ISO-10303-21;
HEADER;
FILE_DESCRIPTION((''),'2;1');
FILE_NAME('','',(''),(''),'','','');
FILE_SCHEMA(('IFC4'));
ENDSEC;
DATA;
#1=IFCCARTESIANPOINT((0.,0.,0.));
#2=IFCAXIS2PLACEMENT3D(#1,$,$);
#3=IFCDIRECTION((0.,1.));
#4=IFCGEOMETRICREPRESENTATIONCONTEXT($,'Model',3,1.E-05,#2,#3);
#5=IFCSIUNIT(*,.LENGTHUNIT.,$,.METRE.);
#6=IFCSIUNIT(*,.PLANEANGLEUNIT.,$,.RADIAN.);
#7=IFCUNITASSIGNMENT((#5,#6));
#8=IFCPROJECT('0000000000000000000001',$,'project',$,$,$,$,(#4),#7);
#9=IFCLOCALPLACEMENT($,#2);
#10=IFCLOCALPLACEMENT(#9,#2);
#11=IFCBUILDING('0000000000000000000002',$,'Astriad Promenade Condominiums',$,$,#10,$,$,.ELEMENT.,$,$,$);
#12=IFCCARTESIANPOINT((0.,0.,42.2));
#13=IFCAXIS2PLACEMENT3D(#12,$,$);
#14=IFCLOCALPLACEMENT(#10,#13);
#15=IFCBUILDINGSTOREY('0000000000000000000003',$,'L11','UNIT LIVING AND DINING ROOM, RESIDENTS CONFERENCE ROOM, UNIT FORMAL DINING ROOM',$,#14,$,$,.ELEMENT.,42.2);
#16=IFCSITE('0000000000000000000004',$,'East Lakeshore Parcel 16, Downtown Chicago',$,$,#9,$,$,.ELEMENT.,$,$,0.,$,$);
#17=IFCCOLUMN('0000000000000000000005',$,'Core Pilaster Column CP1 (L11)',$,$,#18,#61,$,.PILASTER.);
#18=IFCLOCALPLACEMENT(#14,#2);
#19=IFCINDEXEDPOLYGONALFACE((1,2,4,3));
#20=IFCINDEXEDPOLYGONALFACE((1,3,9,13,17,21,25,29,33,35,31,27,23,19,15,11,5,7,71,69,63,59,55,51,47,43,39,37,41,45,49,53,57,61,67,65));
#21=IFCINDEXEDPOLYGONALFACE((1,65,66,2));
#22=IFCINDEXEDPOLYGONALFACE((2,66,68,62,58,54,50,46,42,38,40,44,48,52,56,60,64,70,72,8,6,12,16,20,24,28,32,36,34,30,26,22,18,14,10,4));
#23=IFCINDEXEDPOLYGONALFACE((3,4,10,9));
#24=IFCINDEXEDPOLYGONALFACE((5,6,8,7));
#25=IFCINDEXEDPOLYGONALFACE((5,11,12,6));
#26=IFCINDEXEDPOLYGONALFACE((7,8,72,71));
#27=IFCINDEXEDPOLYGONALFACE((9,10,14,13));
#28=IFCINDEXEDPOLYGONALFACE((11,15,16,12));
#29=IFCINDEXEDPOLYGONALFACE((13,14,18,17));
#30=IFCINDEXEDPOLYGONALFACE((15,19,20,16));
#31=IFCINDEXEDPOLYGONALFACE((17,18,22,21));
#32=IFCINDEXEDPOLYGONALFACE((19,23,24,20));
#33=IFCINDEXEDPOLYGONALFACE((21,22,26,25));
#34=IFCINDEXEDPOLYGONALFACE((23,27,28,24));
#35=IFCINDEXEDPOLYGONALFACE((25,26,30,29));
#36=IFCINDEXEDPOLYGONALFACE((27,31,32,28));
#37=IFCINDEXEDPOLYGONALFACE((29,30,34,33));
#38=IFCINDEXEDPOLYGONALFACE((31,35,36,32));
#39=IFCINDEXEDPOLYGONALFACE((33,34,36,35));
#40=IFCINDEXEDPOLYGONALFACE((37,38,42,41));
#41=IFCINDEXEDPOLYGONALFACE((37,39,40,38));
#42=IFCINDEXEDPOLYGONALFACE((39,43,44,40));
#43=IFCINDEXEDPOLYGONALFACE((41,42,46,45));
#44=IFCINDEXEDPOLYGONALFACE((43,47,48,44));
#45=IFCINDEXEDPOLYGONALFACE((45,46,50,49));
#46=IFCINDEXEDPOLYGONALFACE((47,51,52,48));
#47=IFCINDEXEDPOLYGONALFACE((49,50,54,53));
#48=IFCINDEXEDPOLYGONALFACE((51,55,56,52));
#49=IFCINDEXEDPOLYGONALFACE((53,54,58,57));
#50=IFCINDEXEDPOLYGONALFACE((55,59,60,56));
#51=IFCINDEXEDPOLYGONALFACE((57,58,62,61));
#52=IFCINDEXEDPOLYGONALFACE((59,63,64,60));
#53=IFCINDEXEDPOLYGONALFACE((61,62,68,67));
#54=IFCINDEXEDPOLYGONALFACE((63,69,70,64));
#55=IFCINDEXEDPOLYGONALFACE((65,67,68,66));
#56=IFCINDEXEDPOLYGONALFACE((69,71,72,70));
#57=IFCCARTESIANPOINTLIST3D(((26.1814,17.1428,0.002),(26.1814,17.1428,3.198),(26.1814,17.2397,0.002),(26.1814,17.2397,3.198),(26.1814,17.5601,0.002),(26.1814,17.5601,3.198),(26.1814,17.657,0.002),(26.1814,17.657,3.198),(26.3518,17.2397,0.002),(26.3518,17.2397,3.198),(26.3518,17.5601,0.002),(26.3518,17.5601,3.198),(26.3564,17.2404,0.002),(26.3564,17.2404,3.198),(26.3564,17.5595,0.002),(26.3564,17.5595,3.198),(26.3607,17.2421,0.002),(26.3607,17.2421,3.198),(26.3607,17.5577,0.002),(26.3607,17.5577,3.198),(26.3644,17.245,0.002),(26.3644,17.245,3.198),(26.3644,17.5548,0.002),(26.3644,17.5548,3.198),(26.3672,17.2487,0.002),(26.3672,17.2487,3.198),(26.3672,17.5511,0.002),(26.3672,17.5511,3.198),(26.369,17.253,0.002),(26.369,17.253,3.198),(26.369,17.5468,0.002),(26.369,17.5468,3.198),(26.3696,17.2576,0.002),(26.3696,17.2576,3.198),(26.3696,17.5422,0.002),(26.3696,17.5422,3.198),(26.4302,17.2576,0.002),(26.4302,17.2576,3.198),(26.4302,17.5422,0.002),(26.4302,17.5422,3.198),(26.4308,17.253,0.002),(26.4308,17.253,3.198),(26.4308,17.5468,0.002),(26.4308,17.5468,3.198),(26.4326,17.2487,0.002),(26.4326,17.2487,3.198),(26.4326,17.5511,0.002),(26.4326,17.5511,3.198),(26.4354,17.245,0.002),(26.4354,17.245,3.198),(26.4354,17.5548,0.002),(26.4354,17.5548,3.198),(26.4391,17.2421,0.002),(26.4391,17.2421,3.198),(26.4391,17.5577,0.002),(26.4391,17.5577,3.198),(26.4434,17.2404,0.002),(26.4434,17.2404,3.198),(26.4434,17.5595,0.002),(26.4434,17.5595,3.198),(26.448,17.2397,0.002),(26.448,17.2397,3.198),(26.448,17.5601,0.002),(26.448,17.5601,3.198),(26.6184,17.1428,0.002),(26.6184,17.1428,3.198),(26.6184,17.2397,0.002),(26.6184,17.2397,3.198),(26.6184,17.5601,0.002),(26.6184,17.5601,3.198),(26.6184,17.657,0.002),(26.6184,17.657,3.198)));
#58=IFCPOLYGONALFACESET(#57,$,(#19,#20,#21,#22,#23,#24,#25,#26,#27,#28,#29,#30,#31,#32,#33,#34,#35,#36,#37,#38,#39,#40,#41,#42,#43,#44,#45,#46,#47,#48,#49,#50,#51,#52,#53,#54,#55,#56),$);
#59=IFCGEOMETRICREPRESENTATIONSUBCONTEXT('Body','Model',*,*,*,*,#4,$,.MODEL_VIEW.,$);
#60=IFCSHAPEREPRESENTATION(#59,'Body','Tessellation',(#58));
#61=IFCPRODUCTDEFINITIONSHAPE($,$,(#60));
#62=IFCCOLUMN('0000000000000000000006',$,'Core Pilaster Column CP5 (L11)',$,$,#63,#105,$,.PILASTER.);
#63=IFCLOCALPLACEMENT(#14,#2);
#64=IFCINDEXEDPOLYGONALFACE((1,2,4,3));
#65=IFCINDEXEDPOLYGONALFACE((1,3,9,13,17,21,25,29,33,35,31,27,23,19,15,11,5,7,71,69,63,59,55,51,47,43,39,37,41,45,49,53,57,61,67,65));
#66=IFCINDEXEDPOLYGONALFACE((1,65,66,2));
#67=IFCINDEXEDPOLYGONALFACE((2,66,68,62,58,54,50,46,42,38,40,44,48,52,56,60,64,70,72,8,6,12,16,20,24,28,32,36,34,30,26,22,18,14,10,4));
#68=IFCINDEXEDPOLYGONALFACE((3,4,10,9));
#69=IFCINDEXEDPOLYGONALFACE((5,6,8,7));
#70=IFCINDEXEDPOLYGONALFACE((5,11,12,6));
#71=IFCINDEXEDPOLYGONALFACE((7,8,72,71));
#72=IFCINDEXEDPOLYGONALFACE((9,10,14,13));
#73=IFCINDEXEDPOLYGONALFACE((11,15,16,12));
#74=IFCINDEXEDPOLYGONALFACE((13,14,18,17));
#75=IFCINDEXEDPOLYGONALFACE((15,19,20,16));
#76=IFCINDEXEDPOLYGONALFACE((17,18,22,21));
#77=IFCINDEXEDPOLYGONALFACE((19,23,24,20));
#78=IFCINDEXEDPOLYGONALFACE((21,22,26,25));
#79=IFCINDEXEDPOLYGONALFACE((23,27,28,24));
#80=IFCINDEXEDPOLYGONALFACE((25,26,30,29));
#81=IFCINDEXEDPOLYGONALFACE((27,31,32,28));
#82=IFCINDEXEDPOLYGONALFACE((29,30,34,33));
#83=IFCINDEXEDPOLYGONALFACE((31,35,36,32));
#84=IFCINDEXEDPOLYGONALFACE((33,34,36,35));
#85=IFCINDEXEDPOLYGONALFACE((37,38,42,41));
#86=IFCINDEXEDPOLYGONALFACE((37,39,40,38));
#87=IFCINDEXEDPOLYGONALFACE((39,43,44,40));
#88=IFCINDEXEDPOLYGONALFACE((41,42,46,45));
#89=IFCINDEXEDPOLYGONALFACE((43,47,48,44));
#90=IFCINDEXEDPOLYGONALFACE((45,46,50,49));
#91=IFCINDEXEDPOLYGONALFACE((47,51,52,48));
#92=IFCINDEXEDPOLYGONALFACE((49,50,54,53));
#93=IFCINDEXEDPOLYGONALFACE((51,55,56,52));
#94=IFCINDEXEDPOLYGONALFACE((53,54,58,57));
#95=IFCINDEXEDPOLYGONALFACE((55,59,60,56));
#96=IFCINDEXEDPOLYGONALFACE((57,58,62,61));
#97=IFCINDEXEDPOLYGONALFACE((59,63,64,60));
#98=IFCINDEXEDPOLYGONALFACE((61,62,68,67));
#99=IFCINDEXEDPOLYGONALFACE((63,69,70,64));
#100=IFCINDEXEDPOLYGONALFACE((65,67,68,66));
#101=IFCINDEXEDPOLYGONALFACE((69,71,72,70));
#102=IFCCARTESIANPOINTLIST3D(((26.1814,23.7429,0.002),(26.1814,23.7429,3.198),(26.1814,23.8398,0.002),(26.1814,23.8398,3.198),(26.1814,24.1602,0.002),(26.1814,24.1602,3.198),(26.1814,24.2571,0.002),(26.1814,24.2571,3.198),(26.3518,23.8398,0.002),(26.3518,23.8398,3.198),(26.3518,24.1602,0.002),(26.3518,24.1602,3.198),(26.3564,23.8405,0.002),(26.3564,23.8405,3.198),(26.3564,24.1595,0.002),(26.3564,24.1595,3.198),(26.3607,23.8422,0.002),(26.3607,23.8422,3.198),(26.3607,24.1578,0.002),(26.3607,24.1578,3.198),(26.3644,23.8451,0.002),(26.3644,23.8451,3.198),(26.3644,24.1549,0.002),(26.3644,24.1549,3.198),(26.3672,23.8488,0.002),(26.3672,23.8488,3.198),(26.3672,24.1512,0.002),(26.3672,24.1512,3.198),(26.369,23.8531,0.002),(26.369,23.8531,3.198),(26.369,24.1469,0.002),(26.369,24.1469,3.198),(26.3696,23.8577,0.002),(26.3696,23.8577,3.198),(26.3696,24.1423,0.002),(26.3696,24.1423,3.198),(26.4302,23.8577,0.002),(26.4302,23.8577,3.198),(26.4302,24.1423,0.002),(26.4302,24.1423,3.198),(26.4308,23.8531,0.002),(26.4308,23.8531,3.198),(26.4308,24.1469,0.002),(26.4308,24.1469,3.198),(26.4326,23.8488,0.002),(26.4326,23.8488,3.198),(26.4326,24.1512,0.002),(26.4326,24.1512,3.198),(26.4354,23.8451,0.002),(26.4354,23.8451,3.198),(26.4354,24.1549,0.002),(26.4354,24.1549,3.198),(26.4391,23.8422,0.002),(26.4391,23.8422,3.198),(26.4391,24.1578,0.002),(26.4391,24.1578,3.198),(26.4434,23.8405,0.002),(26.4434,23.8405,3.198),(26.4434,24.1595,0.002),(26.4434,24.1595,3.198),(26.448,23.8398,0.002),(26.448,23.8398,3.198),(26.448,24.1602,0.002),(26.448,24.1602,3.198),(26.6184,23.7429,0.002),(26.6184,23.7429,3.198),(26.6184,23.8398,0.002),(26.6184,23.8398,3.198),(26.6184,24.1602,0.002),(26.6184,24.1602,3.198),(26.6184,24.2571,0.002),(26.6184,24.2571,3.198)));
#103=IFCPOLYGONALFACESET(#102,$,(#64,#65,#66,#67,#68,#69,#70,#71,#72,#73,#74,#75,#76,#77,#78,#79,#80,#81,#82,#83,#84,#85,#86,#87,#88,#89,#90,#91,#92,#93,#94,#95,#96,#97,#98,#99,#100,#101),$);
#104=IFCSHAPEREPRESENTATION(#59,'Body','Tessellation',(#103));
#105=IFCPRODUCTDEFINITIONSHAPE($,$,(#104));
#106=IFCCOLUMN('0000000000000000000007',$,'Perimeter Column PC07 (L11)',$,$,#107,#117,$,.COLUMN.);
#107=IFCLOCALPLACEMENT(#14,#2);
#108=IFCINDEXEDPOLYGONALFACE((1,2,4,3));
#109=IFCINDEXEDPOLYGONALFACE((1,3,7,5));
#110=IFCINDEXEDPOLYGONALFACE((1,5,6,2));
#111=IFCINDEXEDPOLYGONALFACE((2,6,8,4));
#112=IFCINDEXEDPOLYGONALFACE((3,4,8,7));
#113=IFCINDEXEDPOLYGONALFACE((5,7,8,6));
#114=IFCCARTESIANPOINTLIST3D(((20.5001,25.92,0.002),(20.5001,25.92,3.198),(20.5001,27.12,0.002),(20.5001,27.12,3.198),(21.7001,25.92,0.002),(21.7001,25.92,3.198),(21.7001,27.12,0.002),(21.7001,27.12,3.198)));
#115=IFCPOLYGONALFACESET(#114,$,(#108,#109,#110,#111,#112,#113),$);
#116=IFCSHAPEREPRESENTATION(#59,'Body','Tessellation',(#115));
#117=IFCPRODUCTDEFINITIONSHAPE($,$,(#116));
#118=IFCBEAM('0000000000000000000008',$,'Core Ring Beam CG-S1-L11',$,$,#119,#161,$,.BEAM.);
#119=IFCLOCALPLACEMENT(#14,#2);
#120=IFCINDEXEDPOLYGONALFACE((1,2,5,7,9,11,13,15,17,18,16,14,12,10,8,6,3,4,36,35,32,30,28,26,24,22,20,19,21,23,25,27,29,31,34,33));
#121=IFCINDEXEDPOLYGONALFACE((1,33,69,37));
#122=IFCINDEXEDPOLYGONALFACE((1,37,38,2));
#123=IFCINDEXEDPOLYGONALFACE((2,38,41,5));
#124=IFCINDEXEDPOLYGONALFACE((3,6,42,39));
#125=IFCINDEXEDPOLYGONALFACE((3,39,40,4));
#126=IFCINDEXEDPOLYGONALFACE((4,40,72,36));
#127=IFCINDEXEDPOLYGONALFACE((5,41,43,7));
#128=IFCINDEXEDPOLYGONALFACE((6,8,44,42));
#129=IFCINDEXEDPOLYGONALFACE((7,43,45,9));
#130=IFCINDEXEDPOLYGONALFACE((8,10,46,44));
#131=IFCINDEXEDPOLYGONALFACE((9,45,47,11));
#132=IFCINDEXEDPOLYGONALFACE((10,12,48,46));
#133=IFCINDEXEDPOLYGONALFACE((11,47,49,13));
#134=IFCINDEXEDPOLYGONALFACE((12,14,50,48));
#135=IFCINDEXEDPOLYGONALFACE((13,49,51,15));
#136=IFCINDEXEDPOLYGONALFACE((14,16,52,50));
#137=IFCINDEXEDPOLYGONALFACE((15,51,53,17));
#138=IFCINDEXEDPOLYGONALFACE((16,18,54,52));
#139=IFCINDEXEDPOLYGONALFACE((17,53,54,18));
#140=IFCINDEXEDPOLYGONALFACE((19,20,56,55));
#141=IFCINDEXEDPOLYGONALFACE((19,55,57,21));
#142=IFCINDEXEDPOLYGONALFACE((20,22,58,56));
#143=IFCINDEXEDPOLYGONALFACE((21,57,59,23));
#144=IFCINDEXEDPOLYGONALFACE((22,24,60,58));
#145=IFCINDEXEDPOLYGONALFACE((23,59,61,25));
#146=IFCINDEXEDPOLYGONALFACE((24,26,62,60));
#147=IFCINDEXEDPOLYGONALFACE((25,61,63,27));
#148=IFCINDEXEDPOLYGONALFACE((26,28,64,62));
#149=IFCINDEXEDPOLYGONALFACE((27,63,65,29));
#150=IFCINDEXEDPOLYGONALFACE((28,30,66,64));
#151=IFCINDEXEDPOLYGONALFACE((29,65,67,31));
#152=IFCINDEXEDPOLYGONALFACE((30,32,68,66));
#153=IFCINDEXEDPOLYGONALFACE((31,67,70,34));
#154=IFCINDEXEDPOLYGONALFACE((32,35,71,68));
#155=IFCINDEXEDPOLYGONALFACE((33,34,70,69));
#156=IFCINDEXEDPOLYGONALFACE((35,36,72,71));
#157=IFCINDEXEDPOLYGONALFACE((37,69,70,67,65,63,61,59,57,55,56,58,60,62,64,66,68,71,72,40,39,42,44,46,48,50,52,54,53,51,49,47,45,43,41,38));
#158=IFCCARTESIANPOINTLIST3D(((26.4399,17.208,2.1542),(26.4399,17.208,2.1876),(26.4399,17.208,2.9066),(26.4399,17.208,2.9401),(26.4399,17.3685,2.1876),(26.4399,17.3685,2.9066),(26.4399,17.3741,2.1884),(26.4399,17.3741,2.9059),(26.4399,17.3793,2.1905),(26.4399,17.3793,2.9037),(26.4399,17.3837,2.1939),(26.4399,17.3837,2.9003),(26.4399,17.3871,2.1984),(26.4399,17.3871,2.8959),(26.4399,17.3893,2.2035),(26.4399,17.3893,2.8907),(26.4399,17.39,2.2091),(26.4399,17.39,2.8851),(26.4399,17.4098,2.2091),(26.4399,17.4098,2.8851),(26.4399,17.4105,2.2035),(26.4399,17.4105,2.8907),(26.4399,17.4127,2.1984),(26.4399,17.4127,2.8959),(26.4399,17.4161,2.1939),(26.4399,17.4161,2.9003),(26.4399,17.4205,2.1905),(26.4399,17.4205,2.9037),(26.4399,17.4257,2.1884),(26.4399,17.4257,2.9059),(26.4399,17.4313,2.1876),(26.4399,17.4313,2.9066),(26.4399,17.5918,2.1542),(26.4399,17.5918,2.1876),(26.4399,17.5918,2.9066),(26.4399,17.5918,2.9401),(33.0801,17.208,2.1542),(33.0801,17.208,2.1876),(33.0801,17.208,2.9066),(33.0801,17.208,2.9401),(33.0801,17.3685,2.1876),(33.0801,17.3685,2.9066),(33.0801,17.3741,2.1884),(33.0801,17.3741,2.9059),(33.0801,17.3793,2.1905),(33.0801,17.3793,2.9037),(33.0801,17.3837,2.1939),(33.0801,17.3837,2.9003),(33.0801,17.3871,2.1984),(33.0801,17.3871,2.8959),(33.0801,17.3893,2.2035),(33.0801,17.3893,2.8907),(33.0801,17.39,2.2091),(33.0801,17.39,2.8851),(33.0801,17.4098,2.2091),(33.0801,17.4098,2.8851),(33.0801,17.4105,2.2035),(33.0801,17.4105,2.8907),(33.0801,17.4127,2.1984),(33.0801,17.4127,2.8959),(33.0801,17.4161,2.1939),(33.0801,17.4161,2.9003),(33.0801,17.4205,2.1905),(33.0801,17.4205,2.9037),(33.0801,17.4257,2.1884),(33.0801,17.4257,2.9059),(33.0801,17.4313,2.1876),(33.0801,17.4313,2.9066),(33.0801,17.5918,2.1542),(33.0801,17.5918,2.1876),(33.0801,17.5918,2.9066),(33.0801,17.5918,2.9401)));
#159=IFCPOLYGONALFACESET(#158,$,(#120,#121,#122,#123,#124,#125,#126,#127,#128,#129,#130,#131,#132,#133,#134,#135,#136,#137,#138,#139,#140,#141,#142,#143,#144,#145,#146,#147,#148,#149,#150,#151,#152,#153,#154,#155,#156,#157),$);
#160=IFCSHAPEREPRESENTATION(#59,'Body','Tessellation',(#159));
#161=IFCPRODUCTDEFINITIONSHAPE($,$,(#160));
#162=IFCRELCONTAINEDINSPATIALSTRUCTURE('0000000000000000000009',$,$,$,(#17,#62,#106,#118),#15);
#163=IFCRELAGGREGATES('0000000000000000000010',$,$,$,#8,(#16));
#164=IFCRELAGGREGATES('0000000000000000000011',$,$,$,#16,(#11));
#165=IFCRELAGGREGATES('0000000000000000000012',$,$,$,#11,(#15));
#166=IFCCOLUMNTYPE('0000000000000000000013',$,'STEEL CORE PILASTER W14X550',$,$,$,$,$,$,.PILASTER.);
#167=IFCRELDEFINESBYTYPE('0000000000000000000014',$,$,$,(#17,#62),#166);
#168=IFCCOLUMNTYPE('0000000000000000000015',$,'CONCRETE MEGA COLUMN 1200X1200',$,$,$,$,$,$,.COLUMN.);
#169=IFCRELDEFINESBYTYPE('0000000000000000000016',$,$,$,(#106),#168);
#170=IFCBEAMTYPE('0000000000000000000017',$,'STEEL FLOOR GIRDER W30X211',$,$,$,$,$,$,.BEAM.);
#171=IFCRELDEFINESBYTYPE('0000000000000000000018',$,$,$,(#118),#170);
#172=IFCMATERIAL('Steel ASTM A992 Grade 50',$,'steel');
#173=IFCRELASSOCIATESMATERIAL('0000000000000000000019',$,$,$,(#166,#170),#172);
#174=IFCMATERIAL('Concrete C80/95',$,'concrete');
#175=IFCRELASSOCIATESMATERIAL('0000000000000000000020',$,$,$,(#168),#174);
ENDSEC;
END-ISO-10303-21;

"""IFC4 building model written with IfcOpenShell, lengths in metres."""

from ifc_helpers import new_model, si_unit, direction, frame, origin, origin_2d, place, context, subcontext, project, spatial, rectangle, i_section, extrude, source, transform, mapped, material, material_profile, profile_set, type_object, type_shapes, element, save


model = new_model("IFC4")

# Units and contexts
model_context = context("Model", 3, precision=1e-05, world=origin(), true_north=direction((0.0, 1.0)))
body_context = subcontext(model_context, "Body", "Model", "MODEL_VIEW")
ifc_project = project(units=[si_unit("LENGTHUNIT", "METRE"), si_unit("PLANEANGLEUNIT", "RADIAN")], contexts=[model_context])

# Site, building, storey
site_placement = place(None, origin())
site = spatial("IfcSite", under=ifc_project, at=site_placement, Name="East Lakeshore Parcel 16, Downtown Chicago", CompositionType="ELEMENT", RefElevation=0.0)
building_placement = place(site_placement, origin())
building = spatial("IfcBuilding", under=site, at=building_placement, Name="Astriad Promenade Condominiums", CompositionType="ELEMENT")
storey_placement = place(building_placement, frame((0.0, 0.0, 42.2)))
storey = spatial("IfcBuildingStorey", under=building, at=storey_placement, Name="L11", Description="UNIT LIVING AND DINING ROOM, RESIDENTS CONFERENCE ROOM, UNIT FORMAL DINING ROOM", CompositionType="ELEMENT", Elevation=42.2)

# Columns
ifc_material_1 = material(Name="Steel ASTM A992 Grade 50", Category="steel")
ifc_material_profile_1 = material_profile(ifc_material_1, i_section(OverallWidth=0.437, OverallDepth=0.5142, WebThickness=0.0605, FlangeThickness=0.0969, FilletRadius=0.0178, at=origin_2d()), Name="W14X550")
ifc_profile_set_1 = profile_set([ifc_material_profile_1], Name="Steel ASTM A992 Grade 50")
column_type_1 = type_object("IfcColumnType", Name="STEEL CORE PILASTER W14X550", PredefinedType="PILASTER", material=ifc_profile_set_1)
shared_shape_1 = source(origin(), body_context, "Body", "SweptSolid", [
    extrude(i_section(OverallWidth=0.437, OverallDepth=0.5142, WebThickness=0.0605, FlangeThickness=0.0969, FilletRadius=0.0178, at=origin_2d()), origin(), (0.0, 0.0, 1.0), 3.196),
])
type_shapes(column_type_1, [shared_shape_1])
for number, where, z_axis, x_axis, name in (
    (1, (26.3999, 17.3999, 0.002), (0.0, 0.0, 1.0), (1.0, 0.0, 0.0), "Core Pilaster Column CP1 (L11)"),
    (2, (26.3999, 24.0, 0.002), (0.0, 0.0, 1.0), (1.0, 0.0, 0.0), "Core Pilaster Column CP5 (L11)"),
):
    element("IfcColumn", number, at=place(storey_placement, frame(where, z_axis=z_axis, x_axis=x_axis)), inside=storey, type_object=column_type_1, Name=name, PredefinedType="PILASTER", context=body_context, shape_type="MappedRepresentation", body=[
        mapped(shared_shape_1, transform((0.0, 0.0, 0.0), scale=1.0)),
    ])
ifc_material_2 = material(Name="Concrete C80/95", Category="concrete")
ifc_material_profile_2 = material_profile(ifc_material_2, rectangle(XDim=1.2, YDim=1.2, at=origin_2d()), Name="RC-COL-1200X1200")
ifc_profile_set_2 = profile_set([ifc_material_profile_2], Name="Concrete C80/95")
column_type_2 = type_object("IfcColumnType", Name="CONCRETE MEGA COLUMN 1200X1200", PredefinedType="COLUMN", material=ifc_profile_set_2)
shared_shape_2 = source(origin(), body_context, "Body", "SweptSolid", [
    extrude(rectangle(XDim=1.2, YDim=1.2, at=origin_2d()), origin(), (0.0, 0.0, 1.0), 3.196),
])
type_shapes(column_type_2, [shared_shape_2])
column_placement = place(storey_placement, frame((21.1001, 26.52, 0.002), z_axis=(0.0, 0.0, 1.0), x_axis=(1.0, 0.0, 0.0)))
element("IfcColumn", 3, at=column_placement, inside=storey, type_object=column_type_2, Name="Perimeter Column PC07 (L11)", PredefinedType="COLUMN", context=body_context, shape_type="MappedRepresentation", body=[
    mapped(shared_shape_2, transform((0.0, 0.0, 0.0), scale=1.0)),
])

# Beam
ifc_material_profile_3 = material_profile(ifc_material_1, i_section(OverallWidth=0.3838, OverallDepth=0.7859, WebThickness=0.0198, FlangeThickness=0.0334, FilletRadius=0.0215, at=origin_2d()), Name="W30X211")
ifc_profile_set_3 = profile_set([ifc_material_profile_3], Name="Steel ASTM A992 Grade 50")
beam_type_1 = type_object("IfcBeamType", Name="STEEL FLOOR GIRDER W30X211", PredefinedType="BEAM", material=ifc_profile_set_3)
shared_shape_3 = source(origin(), body_context, "Body", "SweptSolid", [
    extrude(i_section(OverallWidth=0.3838, OverallDepth=0.7859, WebThickness=0.0198, FlangeThickness=0.0334, FilletRadius=0.0215, at=origin_2d()), origin(), (0.0, 0.0, 1.0), 6.6401),
])
type_shapes(beam_type_1, [shared_shape_3])
beam_1_placement = place(storey_placement, frame((26.4399, 17.3999, 2.5471), z_axis=(1.0, 0.0, 0.0), x_axis=(0.0, 1.0, 0.0)))
element("IfcBeam", 4, at=beam_1_placement, inside=storey, type_object=beam_type_1, Name="Core Ring Beam CG-S1-L11", PredefinedType="BEAM", context=body_context, shape_type="MappedRepresentation", body=[
    mapped(shared_shape_3, transform((0.0, 0.0, 0.0), scale=1.0)),
])

save(model, "model.ifc")
